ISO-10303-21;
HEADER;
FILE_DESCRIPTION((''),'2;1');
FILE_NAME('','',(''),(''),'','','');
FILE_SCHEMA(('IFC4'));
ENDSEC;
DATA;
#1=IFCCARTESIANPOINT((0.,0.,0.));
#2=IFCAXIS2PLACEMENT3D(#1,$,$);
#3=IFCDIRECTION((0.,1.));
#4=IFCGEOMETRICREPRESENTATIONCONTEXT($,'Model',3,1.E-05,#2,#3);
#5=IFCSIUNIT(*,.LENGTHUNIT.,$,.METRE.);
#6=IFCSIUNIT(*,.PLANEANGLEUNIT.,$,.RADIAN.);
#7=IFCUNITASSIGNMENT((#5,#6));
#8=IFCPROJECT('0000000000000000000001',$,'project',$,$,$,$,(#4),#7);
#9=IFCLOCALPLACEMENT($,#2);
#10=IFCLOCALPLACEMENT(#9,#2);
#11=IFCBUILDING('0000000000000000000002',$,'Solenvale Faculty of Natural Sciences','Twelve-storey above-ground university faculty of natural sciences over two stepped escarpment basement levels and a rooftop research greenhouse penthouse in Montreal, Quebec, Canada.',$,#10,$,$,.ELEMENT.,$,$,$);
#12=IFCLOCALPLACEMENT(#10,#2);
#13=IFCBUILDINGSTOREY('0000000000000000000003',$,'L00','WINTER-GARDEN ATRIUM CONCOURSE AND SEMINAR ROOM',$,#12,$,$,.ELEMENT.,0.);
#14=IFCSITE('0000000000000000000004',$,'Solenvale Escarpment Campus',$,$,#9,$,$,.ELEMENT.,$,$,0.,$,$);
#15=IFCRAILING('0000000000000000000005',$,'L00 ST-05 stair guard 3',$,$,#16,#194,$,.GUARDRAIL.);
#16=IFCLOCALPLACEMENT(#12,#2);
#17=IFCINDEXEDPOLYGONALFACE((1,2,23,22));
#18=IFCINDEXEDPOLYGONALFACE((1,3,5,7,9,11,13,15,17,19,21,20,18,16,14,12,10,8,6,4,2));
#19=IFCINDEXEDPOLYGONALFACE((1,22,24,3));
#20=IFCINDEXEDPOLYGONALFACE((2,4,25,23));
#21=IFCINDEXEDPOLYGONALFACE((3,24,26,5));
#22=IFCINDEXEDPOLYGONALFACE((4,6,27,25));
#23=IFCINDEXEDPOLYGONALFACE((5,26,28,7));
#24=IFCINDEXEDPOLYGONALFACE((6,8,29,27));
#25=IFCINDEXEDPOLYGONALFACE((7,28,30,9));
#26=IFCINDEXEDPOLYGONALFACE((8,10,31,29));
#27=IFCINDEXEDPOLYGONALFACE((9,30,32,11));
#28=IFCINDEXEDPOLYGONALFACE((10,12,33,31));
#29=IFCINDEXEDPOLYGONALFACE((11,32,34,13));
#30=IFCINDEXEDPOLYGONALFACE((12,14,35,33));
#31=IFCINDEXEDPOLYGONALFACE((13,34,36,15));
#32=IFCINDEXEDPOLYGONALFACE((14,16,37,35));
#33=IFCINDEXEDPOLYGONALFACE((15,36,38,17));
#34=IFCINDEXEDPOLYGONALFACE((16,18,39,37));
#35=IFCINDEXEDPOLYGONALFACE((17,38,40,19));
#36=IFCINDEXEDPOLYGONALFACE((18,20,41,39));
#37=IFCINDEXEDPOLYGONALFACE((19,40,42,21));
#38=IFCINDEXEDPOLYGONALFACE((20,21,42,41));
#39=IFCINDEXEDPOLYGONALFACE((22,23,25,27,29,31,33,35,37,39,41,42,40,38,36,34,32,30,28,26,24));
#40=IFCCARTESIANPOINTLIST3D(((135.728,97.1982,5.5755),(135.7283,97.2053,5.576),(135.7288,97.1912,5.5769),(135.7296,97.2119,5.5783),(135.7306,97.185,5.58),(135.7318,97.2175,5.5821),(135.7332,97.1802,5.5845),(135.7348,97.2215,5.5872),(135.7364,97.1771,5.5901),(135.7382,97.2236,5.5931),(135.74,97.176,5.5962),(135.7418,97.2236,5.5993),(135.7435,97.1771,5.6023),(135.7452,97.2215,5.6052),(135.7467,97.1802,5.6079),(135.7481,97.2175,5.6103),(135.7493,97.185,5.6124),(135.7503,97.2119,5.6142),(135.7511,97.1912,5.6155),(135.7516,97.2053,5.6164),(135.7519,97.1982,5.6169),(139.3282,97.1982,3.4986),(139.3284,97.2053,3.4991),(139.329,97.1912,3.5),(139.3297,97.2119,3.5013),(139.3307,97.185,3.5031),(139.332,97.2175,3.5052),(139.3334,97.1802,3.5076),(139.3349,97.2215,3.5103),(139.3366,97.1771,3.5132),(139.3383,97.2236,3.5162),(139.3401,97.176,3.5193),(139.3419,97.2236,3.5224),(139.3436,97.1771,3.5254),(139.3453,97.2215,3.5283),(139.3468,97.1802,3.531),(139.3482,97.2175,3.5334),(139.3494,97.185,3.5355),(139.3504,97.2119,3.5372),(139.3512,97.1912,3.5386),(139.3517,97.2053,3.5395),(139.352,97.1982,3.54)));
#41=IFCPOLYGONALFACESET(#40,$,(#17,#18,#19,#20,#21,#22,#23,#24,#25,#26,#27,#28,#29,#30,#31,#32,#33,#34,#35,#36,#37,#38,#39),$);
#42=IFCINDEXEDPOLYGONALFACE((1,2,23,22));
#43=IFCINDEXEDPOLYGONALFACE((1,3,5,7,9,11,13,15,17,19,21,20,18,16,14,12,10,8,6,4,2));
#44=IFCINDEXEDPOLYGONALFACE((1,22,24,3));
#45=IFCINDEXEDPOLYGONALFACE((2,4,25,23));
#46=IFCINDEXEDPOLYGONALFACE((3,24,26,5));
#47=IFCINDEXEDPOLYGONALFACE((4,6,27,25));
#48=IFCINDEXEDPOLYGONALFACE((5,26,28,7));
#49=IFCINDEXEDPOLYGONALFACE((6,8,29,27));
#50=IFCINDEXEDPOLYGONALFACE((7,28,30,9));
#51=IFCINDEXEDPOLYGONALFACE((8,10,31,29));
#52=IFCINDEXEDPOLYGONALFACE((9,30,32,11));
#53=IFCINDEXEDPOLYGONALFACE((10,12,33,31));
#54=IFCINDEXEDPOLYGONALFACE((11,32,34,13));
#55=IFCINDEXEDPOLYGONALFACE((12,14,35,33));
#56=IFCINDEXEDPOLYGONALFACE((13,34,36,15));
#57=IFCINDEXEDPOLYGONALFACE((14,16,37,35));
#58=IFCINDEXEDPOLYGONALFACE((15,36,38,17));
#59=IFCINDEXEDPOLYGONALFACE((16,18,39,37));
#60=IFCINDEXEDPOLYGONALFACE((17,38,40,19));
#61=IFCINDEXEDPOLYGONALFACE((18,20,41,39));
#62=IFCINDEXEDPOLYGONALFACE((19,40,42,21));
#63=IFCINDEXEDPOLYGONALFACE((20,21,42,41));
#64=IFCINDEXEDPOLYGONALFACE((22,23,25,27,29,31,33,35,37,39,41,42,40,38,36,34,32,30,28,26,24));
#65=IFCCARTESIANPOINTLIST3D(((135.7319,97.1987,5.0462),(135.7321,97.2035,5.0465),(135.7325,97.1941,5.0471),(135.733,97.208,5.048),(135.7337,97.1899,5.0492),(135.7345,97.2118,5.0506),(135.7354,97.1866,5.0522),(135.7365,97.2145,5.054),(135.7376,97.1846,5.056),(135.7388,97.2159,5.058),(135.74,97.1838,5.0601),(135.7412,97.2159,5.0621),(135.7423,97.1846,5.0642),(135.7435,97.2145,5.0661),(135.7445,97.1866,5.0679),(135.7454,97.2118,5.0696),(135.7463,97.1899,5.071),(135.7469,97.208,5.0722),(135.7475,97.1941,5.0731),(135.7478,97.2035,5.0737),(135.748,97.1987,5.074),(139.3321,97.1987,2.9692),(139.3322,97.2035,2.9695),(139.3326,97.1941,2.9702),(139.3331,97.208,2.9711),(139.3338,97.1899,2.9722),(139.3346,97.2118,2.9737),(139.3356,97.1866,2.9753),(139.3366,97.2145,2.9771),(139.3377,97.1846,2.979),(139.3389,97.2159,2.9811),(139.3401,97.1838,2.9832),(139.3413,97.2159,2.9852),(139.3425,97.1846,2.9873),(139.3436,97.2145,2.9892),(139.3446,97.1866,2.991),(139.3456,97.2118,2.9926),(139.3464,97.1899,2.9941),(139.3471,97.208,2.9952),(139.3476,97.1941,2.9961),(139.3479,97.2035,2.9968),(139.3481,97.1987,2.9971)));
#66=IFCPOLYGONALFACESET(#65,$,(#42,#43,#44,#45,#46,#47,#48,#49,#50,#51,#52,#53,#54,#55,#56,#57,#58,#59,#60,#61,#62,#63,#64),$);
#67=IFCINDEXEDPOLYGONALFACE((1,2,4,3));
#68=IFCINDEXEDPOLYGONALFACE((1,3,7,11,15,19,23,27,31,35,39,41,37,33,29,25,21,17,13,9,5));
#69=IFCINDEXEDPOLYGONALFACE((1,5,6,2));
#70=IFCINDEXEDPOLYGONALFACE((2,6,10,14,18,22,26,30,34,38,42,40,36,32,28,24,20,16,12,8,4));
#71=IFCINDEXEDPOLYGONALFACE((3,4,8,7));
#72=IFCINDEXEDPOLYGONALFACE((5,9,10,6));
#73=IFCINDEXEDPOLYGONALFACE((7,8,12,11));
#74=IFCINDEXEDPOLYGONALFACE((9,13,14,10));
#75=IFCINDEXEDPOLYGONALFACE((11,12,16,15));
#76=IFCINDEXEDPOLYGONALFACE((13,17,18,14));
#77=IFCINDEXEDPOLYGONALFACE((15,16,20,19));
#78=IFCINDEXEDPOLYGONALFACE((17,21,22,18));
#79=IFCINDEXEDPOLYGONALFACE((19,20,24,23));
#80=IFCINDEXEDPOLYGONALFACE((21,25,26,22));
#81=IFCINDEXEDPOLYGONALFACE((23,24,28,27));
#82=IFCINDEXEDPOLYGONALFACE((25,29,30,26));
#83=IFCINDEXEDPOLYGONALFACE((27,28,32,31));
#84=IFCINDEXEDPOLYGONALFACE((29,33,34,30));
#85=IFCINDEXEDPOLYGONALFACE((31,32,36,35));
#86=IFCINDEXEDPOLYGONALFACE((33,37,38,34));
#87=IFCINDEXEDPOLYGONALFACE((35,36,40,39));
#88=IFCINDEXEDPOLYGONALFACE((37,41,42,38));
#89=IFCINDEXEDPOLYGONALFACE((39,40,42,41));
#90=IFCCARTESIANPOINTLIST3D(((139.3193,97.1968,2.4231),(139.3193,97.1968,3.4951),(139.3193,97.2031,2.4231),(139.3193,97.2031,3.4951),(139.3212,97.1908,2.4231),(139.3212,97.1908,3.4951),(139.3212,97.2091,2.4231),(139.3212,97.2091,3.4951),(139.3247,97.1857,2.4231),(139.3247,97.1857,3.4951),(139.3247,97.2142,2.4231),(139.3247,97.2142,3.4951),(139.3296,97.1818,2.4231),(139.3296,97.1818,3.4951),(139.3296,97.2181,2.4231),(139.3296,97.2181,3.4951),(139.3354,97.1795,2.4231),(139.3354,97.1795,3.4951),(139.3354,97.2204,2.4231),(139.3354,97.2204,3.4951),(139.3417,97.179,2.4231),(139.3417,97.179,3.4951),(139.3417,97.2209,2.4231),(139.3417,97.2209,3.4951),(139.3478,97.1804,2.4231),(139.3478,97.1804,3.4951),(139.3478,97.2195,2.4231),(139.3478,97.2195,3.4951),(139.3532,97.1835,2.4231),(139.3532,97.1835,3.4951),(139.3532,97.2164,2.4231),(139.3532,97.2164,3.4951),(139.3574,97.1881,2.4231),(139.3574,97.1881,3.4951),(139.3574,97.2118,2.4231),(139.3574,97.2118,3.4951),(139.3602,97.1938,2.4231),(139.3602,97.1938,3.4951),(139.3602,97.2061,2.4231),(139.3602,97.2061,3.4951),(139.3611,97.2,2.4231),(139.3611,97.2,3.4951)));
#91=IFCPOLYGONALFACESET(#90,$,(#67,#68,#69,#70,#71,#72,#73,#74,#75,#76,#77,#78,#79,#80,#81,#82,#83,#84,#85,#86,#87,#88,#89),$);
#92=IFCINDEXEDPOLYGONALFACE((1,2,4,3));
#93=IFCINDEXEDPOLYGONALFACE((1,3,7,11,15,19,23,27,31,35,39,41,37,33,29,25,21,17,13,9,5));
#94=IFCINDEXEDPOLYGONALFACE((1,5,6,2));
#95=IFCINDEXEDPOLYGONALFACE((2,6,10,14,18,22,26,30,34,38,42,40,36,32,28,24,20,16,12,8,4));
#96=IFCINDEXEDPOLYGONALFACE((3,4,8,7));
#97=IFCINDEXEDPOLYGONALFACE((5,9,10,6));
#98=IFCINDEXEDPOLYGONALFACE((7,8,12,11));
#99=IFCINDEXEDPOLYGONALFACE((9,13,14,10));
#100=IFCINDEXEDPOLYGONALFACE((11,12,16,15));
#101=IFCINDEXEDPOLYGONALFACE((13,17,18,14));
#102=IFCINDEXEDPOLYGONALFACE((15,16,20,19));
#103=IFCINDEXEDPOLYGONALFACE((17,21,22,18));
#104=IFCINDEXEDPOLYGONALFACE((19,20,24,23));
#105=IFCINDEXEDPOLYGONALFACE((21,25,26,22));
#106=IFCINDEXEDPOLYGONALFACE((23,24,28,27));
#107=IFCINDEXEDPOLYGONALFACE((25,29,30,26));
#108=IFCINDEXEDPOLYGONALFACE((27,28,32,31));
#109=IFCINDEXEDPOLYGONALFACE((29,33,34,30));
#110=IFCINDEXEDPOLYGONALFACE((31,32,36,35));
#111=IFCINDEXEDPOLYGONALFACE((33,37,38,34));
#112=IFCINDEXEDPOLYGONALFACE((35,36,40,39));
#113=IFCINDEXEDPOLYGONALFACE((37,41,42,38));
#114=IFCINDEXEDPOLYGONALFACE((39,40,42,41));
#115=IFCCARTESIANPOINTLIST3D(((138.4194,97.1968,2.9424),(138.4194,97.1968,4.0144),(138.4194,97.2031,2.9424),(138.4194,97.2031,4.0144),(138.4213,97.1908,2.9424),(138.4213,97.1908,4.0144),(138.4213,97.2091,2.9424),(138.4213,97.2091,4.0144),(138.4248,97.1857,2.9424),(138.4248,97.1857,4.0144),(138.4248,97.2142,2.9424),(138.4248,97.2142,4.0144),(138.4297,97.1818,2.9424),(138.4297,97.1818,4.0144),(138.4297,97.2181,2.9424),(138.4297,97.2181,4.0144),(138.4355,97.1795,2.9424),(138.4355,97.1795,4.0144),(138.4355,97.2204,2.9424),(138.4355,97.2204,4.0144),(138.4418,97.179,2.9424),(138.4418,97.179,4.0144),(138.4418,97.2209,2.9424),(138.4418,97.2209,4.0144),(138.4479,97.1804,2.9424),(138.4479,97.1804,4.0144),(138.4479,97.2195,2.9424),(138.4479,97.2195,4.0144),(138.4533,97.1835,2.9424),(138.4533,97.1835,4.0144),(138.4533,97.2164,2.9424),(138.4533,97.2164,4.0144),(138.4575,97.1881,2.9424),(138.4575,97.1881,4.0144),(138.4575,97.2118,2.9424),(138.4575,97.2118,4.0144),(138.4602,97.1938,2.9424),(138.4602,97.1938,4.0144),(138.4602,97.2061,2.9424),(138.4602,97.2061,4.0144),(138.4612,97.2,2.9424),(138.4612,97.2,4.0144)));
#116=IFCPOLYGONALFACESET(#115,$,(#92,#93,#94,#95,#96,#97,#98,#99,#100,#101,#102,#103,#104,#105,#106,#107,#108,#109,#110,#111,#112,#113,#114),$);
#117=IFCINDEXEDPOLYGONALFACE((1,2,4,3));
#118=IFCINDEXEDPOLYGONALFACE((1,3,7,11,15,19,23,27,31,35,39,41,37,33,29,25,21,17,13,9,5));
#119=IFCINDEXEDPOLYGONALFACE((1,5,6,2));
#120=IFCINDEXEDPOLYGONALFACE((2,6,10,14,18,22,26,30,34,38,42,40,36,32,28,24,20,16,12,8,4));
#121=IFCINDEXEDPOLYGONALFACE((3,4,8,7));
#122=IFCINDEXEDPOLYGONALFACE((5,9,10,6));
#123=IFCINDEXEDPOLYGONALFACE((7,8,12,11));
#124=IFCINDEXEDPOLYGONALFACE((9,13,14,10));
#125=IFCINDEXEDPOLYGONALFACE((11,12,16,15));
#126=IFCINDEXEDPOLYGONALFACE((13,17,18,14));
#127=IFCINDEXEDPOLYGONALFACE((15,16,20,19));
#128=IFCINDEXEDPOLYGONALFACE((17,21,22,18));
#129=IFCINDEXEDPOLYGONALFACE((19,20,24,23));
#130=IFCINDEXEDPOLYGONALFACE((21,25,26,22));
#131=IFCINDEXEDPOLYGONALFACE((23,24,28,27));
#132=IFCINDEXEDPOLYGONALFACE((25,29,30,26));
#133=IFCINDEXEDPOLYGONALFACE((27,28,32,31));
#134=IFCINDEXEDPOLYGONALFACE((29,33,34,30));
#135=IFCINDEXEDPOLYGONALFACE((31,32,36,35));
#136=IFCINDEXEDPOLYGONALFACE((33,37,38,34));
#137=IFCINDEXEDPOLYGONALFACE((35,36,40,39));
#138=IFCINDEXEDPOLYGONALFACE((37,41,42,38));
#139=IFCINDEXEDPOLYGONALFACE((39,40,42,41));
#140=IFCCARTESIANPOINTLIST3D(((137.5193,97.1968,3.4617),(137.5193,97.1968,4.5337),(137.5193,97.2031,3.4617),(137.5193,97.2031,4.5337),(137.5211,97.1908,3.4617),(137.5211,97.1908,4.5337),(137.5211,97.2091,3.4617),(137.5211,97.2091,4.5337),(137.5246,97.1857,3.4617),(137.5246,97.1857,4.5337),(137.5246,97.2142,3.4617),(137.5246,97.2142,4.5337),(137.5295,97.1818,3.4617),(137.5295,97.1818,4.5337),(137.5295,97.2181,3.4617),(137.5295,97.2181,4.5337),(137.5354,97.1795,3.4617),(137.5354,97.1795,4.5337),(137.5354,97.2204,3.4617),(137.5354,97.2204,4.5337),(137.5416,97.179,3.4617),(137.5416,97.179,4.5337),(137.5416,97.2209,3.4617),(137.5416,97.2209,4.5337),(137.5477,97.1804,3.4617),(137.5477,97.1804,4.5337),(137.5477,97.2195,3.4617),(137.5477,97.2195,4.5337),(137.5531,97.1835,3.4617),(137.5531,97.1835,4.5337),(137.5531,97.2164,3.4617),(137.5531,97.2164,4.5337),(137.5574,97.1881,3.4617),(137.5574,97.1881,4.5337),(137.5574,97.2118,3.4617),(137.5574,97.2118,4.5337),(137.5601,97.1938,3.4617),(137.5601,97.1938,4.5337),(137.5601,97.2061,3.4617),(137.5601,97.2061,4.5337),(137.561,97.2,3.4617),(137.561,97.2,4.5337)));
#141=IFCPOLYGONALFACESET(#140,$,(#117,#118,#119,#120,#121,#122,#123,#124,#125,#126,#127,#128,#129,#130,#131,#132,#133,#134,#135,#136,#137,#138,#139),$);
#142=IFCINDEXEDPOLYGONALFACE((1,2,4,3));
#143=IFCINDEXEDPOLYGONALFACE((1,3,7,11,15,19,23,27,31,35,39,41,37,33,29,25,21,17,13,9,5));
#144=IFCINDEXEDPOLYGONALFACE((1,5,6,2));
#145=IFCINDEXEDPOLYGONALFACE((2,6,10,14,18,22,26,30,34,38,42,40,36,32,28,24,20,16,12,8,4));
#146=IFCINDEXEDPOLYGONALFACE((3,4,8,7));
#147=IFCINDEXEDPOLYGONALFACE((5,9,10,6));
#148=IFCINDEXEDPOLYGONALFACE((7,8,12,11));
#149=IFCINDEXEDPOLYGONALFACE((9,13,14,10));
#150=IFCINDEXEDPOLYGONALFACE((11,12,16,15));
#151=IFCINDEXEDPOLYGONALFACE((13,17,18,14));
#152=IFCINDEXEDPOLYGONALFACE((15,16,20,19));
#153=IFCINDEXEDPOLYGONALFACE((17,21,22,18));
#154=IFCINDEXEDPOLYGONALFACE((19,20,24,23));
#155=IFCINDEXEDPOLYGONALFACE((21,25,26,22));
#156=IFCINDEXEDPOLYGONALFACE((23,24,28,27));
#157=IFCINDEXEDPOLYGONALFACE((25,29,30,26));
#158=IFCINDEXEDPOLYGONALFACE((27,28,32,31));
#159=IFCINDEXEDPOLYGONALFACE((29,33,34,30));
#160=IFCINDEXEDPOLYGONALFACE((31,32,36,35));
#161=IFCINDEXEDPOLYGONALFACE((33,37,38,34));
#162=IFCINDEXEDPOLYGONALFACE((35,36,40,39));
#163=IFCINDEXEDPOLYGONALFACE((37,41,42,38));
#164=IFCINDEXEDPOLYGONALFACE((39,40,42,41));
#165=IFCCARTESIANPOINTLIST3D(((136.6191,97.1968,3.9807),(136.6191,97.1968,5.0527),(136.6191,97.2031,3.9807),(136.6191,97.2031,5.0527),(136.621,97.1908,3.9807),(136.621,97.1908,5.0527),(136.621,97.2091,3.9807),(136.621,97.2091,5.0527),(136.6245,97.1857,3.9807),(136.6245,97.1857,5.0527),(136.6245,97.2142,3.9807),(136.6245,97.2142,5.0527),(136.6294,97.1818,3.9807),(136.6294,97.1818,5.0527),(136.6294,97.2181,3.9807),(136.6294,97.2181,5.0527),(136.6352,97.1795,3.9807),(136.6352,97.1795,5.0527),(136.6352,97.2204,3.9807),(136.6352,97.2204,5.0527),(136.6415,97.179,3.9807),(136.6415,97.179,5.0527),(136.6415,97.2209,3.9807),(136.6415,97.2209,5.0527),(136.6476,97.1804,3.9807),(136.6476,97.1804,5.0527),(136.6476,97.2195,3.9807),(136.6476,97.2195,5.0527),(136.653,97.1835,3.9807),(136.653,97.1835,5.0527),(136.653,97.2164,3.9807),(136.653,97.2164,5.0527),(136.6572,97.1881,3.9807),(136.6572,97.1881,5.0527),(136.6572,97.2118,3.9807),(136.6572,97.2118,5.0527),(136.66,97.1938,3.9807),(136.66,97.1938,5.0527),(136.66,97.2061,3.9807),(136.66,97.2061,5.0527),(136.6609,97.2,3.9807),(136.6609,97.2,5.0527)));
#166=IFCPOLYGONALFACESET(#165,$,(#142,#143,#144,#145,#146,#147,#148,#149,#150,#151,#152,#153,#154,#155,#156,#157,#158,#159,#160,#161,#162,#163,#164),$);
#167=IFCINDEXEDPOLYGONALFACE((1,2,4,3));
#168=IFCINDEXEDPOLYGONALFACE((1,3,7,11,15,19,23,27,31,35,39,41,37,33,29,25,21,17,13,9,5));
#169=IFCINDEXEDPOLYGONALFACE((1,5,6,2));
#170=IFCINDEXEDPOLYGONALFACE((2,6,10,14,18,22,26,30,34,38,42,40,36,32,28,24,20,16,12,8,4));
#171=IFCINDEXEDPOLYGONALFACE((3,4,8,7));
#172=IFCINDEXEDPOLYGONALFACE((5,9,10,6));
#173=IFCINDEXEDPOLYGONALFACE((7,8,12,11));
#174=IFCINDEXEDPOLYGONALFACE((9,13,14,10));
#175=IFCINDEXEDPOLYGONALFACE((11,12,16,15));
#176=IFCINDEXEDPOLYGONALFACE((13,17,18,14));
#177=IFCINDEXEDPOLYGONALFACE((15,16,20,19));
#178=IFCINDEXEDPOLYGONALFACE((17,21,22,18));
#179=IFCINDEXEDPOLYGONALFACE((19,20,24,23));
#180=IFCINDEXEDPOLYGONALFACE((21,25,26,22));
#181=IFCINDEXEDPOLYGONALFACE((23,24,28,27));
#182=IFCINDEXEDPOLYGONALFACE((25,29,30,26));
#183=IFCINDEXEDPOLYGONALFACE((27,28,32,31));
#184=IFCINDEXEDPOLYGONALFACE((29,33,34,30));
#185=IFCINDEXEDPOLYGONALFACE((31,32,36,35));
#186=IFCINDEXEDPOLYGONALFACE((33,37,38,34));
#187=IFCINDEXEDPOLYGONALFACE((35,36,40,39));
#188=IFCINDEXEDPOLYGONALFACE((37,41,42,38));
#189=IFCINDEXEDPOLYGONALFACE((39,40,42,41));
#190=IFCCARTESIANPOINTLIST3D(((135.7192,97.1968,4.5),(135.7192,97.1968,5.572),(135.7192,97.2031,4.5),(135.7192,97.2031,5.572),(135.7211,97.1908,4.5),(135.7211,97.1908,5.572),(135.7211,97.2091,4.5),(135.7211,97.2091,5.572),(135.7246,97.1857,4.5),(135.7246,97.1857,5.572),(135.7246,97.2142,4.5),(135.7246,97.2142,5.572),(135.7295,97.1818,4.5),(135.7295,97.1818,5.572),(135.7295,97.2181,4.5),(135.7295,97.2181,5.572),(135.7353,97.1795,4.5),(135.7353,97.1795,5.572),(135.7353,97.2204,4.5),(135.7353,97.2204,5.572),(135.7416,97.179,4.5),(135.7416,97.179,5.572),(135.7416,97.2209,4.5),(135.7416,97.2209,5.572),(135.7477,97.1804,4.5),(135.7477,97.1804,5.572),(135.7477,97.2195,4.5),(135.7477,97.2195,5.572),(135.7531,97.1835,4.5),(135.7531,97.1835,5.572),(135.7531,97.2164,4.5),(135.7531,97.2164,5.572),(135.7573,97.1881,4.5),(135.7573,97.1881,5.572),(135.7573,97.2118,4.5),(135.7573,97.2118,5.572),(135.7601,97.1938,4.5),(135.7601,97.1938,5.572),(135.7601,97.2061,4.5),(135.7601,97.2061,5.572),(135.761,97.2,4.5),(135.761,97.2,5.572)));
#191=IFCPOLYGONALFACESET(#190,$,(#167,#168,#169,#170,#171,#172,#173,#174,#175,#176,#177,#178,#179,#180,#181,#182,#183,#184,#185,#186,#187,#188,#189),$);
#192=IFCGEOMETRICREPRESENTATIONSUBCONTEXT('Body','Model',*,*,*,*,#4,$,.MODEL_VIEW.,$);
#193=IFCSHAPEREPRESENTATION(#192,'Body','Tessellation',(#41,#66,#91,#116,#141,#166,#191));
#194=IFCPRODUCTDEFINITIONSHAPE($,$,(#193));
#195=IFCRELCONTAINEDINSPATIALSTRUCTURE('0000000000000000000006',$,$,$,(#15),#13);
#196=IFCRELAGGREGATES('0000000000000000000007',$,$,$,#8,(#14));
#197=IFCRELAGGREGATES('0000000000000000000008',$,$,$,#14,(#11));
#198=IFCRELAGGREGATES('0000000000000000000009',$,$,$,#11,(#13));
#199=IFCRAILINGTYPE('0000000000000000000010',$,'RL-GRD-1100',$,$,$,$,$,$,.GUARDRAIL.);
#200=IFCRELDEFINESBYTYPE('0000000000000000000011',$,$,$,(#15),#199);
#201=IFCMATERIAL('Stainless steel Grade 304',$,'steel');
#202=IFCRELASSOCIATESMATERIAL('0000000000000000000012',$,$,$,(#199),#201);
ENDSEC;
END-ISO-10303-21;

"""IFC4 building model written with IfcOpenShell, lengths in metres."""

from ifc_helpers import new_model, si_unit, direction, frame, origin, origin_2d, place, context, subcontext, project, spatial, circle, extrude, material, type_object, element, save


model = new_model("IFC4")

# Units and contexts
model_context = context("Model", 3, precision=1e-05, world=origin(), true_north=direction((0.0, 1.0)))
body_context = subcontext(model_context, "Body", "Model", "MODEL_VIEW")
ifc_project = project(units=[si_unit("LENGTHUNIT", "METRE"), si_unit("PLANEANGLEUNIT", "RADIAN")], contexts=[model_context])

# Site, building, storey
site_placement = place(None, origin())
site = spatial("IfcSite", under=ifc_project, at=site_placement, Name="Solenvale Escarpment Campus", CompositionType="ELEMENT", RefElevation=0.0)
building_placement = place(site_placement, origin())
building = spatial("IfcBuilding", under=site, at=building_placement, Name="Solenvale Faculty of Natural Sciences", Description="Twelve-storey above-ground university faculty of natural sciences over two stepped escarpment basement levels and a rooftop research greenhouse penthouse in Montreal, Quebec, Canada.", CompositionType="ELEMENT")
storey_placement = place(building_placement, origin())
storey = spatial("IfcBuildingStorey", under=building, at=storey_placement, Name="L00", Description="WINTER-GARDEN ATRIUM CONCOURSE AND SEMINAR ROOM", CompositionType="ELEMENT", Elevation=0.0)

# Railing
ifc_material_1 = material(Name="Stainless steel Grade 304", Category="steel")
railing_type_1 = type_object("IfcRailingType", Name="RL-GRD-1100", PredefinedType="GUARDRAIL", material=ifc_material_1)
railing_1_placement = place(storey_placement, frame((139.3401, 97.2, 2.4231)))
element("IfcRailing", 1, at=railing_1_placement, inside=storey, type_object=railing_type_1, Name="L00 ST-05 stair guard 3", PredefinedType="GUARDRAIL", context=body_context, shape_type="SweptSolid", body=[
    extrude(circle(Radius=0.0239, at=origin_2d()), frame((0.0, 0.0, 1.0962), z_axis=(-0.866193, 0.0, 0.499709), x_axis=(0.0, -1.0, 0.0)), (0.0, 0.0, 1.0), 4.1562),
    extrude(circle(Radius=0.0161, at=origin_2d()), frame((0.0, 0.0, 0.5601), z_axis=(-0.866193, 0.0, 0.499709), x_axis=(0.0, -1.0, 0.0)), (0.0, 0.0, 1.0), 4.1562),
    extrude(circle(Radius=0.021, at=origin_2d()), origin(), (0.0, 0.0, 1.0), 1.072),
    extrude(circle(Radius=0.021, at=origin_2d()), frame((-0.8999, 0.0, 0.5193)), (0.0, 0.0, 1.0), 1.072),
    extrude(circle(Radius=0.021, at=origin_2d()), frame((-1.8, 0.0, 1.0386)), (0.0, 0.0, 1.0), 1.072),
    extrude(circle(Radius=0.021, at=origin_2d()), frame((-2.7002, 0.0, 1.5576)), (0.0, 0.0, 1.0), 1.072),
    extrude(circle(Radius=0.021, at=origin_2d()), frame((-3.6001, 0.0, 2.0769)), (0.0, 0.0, 1.0), 1.072),
])

save(model, "model.ifc")
